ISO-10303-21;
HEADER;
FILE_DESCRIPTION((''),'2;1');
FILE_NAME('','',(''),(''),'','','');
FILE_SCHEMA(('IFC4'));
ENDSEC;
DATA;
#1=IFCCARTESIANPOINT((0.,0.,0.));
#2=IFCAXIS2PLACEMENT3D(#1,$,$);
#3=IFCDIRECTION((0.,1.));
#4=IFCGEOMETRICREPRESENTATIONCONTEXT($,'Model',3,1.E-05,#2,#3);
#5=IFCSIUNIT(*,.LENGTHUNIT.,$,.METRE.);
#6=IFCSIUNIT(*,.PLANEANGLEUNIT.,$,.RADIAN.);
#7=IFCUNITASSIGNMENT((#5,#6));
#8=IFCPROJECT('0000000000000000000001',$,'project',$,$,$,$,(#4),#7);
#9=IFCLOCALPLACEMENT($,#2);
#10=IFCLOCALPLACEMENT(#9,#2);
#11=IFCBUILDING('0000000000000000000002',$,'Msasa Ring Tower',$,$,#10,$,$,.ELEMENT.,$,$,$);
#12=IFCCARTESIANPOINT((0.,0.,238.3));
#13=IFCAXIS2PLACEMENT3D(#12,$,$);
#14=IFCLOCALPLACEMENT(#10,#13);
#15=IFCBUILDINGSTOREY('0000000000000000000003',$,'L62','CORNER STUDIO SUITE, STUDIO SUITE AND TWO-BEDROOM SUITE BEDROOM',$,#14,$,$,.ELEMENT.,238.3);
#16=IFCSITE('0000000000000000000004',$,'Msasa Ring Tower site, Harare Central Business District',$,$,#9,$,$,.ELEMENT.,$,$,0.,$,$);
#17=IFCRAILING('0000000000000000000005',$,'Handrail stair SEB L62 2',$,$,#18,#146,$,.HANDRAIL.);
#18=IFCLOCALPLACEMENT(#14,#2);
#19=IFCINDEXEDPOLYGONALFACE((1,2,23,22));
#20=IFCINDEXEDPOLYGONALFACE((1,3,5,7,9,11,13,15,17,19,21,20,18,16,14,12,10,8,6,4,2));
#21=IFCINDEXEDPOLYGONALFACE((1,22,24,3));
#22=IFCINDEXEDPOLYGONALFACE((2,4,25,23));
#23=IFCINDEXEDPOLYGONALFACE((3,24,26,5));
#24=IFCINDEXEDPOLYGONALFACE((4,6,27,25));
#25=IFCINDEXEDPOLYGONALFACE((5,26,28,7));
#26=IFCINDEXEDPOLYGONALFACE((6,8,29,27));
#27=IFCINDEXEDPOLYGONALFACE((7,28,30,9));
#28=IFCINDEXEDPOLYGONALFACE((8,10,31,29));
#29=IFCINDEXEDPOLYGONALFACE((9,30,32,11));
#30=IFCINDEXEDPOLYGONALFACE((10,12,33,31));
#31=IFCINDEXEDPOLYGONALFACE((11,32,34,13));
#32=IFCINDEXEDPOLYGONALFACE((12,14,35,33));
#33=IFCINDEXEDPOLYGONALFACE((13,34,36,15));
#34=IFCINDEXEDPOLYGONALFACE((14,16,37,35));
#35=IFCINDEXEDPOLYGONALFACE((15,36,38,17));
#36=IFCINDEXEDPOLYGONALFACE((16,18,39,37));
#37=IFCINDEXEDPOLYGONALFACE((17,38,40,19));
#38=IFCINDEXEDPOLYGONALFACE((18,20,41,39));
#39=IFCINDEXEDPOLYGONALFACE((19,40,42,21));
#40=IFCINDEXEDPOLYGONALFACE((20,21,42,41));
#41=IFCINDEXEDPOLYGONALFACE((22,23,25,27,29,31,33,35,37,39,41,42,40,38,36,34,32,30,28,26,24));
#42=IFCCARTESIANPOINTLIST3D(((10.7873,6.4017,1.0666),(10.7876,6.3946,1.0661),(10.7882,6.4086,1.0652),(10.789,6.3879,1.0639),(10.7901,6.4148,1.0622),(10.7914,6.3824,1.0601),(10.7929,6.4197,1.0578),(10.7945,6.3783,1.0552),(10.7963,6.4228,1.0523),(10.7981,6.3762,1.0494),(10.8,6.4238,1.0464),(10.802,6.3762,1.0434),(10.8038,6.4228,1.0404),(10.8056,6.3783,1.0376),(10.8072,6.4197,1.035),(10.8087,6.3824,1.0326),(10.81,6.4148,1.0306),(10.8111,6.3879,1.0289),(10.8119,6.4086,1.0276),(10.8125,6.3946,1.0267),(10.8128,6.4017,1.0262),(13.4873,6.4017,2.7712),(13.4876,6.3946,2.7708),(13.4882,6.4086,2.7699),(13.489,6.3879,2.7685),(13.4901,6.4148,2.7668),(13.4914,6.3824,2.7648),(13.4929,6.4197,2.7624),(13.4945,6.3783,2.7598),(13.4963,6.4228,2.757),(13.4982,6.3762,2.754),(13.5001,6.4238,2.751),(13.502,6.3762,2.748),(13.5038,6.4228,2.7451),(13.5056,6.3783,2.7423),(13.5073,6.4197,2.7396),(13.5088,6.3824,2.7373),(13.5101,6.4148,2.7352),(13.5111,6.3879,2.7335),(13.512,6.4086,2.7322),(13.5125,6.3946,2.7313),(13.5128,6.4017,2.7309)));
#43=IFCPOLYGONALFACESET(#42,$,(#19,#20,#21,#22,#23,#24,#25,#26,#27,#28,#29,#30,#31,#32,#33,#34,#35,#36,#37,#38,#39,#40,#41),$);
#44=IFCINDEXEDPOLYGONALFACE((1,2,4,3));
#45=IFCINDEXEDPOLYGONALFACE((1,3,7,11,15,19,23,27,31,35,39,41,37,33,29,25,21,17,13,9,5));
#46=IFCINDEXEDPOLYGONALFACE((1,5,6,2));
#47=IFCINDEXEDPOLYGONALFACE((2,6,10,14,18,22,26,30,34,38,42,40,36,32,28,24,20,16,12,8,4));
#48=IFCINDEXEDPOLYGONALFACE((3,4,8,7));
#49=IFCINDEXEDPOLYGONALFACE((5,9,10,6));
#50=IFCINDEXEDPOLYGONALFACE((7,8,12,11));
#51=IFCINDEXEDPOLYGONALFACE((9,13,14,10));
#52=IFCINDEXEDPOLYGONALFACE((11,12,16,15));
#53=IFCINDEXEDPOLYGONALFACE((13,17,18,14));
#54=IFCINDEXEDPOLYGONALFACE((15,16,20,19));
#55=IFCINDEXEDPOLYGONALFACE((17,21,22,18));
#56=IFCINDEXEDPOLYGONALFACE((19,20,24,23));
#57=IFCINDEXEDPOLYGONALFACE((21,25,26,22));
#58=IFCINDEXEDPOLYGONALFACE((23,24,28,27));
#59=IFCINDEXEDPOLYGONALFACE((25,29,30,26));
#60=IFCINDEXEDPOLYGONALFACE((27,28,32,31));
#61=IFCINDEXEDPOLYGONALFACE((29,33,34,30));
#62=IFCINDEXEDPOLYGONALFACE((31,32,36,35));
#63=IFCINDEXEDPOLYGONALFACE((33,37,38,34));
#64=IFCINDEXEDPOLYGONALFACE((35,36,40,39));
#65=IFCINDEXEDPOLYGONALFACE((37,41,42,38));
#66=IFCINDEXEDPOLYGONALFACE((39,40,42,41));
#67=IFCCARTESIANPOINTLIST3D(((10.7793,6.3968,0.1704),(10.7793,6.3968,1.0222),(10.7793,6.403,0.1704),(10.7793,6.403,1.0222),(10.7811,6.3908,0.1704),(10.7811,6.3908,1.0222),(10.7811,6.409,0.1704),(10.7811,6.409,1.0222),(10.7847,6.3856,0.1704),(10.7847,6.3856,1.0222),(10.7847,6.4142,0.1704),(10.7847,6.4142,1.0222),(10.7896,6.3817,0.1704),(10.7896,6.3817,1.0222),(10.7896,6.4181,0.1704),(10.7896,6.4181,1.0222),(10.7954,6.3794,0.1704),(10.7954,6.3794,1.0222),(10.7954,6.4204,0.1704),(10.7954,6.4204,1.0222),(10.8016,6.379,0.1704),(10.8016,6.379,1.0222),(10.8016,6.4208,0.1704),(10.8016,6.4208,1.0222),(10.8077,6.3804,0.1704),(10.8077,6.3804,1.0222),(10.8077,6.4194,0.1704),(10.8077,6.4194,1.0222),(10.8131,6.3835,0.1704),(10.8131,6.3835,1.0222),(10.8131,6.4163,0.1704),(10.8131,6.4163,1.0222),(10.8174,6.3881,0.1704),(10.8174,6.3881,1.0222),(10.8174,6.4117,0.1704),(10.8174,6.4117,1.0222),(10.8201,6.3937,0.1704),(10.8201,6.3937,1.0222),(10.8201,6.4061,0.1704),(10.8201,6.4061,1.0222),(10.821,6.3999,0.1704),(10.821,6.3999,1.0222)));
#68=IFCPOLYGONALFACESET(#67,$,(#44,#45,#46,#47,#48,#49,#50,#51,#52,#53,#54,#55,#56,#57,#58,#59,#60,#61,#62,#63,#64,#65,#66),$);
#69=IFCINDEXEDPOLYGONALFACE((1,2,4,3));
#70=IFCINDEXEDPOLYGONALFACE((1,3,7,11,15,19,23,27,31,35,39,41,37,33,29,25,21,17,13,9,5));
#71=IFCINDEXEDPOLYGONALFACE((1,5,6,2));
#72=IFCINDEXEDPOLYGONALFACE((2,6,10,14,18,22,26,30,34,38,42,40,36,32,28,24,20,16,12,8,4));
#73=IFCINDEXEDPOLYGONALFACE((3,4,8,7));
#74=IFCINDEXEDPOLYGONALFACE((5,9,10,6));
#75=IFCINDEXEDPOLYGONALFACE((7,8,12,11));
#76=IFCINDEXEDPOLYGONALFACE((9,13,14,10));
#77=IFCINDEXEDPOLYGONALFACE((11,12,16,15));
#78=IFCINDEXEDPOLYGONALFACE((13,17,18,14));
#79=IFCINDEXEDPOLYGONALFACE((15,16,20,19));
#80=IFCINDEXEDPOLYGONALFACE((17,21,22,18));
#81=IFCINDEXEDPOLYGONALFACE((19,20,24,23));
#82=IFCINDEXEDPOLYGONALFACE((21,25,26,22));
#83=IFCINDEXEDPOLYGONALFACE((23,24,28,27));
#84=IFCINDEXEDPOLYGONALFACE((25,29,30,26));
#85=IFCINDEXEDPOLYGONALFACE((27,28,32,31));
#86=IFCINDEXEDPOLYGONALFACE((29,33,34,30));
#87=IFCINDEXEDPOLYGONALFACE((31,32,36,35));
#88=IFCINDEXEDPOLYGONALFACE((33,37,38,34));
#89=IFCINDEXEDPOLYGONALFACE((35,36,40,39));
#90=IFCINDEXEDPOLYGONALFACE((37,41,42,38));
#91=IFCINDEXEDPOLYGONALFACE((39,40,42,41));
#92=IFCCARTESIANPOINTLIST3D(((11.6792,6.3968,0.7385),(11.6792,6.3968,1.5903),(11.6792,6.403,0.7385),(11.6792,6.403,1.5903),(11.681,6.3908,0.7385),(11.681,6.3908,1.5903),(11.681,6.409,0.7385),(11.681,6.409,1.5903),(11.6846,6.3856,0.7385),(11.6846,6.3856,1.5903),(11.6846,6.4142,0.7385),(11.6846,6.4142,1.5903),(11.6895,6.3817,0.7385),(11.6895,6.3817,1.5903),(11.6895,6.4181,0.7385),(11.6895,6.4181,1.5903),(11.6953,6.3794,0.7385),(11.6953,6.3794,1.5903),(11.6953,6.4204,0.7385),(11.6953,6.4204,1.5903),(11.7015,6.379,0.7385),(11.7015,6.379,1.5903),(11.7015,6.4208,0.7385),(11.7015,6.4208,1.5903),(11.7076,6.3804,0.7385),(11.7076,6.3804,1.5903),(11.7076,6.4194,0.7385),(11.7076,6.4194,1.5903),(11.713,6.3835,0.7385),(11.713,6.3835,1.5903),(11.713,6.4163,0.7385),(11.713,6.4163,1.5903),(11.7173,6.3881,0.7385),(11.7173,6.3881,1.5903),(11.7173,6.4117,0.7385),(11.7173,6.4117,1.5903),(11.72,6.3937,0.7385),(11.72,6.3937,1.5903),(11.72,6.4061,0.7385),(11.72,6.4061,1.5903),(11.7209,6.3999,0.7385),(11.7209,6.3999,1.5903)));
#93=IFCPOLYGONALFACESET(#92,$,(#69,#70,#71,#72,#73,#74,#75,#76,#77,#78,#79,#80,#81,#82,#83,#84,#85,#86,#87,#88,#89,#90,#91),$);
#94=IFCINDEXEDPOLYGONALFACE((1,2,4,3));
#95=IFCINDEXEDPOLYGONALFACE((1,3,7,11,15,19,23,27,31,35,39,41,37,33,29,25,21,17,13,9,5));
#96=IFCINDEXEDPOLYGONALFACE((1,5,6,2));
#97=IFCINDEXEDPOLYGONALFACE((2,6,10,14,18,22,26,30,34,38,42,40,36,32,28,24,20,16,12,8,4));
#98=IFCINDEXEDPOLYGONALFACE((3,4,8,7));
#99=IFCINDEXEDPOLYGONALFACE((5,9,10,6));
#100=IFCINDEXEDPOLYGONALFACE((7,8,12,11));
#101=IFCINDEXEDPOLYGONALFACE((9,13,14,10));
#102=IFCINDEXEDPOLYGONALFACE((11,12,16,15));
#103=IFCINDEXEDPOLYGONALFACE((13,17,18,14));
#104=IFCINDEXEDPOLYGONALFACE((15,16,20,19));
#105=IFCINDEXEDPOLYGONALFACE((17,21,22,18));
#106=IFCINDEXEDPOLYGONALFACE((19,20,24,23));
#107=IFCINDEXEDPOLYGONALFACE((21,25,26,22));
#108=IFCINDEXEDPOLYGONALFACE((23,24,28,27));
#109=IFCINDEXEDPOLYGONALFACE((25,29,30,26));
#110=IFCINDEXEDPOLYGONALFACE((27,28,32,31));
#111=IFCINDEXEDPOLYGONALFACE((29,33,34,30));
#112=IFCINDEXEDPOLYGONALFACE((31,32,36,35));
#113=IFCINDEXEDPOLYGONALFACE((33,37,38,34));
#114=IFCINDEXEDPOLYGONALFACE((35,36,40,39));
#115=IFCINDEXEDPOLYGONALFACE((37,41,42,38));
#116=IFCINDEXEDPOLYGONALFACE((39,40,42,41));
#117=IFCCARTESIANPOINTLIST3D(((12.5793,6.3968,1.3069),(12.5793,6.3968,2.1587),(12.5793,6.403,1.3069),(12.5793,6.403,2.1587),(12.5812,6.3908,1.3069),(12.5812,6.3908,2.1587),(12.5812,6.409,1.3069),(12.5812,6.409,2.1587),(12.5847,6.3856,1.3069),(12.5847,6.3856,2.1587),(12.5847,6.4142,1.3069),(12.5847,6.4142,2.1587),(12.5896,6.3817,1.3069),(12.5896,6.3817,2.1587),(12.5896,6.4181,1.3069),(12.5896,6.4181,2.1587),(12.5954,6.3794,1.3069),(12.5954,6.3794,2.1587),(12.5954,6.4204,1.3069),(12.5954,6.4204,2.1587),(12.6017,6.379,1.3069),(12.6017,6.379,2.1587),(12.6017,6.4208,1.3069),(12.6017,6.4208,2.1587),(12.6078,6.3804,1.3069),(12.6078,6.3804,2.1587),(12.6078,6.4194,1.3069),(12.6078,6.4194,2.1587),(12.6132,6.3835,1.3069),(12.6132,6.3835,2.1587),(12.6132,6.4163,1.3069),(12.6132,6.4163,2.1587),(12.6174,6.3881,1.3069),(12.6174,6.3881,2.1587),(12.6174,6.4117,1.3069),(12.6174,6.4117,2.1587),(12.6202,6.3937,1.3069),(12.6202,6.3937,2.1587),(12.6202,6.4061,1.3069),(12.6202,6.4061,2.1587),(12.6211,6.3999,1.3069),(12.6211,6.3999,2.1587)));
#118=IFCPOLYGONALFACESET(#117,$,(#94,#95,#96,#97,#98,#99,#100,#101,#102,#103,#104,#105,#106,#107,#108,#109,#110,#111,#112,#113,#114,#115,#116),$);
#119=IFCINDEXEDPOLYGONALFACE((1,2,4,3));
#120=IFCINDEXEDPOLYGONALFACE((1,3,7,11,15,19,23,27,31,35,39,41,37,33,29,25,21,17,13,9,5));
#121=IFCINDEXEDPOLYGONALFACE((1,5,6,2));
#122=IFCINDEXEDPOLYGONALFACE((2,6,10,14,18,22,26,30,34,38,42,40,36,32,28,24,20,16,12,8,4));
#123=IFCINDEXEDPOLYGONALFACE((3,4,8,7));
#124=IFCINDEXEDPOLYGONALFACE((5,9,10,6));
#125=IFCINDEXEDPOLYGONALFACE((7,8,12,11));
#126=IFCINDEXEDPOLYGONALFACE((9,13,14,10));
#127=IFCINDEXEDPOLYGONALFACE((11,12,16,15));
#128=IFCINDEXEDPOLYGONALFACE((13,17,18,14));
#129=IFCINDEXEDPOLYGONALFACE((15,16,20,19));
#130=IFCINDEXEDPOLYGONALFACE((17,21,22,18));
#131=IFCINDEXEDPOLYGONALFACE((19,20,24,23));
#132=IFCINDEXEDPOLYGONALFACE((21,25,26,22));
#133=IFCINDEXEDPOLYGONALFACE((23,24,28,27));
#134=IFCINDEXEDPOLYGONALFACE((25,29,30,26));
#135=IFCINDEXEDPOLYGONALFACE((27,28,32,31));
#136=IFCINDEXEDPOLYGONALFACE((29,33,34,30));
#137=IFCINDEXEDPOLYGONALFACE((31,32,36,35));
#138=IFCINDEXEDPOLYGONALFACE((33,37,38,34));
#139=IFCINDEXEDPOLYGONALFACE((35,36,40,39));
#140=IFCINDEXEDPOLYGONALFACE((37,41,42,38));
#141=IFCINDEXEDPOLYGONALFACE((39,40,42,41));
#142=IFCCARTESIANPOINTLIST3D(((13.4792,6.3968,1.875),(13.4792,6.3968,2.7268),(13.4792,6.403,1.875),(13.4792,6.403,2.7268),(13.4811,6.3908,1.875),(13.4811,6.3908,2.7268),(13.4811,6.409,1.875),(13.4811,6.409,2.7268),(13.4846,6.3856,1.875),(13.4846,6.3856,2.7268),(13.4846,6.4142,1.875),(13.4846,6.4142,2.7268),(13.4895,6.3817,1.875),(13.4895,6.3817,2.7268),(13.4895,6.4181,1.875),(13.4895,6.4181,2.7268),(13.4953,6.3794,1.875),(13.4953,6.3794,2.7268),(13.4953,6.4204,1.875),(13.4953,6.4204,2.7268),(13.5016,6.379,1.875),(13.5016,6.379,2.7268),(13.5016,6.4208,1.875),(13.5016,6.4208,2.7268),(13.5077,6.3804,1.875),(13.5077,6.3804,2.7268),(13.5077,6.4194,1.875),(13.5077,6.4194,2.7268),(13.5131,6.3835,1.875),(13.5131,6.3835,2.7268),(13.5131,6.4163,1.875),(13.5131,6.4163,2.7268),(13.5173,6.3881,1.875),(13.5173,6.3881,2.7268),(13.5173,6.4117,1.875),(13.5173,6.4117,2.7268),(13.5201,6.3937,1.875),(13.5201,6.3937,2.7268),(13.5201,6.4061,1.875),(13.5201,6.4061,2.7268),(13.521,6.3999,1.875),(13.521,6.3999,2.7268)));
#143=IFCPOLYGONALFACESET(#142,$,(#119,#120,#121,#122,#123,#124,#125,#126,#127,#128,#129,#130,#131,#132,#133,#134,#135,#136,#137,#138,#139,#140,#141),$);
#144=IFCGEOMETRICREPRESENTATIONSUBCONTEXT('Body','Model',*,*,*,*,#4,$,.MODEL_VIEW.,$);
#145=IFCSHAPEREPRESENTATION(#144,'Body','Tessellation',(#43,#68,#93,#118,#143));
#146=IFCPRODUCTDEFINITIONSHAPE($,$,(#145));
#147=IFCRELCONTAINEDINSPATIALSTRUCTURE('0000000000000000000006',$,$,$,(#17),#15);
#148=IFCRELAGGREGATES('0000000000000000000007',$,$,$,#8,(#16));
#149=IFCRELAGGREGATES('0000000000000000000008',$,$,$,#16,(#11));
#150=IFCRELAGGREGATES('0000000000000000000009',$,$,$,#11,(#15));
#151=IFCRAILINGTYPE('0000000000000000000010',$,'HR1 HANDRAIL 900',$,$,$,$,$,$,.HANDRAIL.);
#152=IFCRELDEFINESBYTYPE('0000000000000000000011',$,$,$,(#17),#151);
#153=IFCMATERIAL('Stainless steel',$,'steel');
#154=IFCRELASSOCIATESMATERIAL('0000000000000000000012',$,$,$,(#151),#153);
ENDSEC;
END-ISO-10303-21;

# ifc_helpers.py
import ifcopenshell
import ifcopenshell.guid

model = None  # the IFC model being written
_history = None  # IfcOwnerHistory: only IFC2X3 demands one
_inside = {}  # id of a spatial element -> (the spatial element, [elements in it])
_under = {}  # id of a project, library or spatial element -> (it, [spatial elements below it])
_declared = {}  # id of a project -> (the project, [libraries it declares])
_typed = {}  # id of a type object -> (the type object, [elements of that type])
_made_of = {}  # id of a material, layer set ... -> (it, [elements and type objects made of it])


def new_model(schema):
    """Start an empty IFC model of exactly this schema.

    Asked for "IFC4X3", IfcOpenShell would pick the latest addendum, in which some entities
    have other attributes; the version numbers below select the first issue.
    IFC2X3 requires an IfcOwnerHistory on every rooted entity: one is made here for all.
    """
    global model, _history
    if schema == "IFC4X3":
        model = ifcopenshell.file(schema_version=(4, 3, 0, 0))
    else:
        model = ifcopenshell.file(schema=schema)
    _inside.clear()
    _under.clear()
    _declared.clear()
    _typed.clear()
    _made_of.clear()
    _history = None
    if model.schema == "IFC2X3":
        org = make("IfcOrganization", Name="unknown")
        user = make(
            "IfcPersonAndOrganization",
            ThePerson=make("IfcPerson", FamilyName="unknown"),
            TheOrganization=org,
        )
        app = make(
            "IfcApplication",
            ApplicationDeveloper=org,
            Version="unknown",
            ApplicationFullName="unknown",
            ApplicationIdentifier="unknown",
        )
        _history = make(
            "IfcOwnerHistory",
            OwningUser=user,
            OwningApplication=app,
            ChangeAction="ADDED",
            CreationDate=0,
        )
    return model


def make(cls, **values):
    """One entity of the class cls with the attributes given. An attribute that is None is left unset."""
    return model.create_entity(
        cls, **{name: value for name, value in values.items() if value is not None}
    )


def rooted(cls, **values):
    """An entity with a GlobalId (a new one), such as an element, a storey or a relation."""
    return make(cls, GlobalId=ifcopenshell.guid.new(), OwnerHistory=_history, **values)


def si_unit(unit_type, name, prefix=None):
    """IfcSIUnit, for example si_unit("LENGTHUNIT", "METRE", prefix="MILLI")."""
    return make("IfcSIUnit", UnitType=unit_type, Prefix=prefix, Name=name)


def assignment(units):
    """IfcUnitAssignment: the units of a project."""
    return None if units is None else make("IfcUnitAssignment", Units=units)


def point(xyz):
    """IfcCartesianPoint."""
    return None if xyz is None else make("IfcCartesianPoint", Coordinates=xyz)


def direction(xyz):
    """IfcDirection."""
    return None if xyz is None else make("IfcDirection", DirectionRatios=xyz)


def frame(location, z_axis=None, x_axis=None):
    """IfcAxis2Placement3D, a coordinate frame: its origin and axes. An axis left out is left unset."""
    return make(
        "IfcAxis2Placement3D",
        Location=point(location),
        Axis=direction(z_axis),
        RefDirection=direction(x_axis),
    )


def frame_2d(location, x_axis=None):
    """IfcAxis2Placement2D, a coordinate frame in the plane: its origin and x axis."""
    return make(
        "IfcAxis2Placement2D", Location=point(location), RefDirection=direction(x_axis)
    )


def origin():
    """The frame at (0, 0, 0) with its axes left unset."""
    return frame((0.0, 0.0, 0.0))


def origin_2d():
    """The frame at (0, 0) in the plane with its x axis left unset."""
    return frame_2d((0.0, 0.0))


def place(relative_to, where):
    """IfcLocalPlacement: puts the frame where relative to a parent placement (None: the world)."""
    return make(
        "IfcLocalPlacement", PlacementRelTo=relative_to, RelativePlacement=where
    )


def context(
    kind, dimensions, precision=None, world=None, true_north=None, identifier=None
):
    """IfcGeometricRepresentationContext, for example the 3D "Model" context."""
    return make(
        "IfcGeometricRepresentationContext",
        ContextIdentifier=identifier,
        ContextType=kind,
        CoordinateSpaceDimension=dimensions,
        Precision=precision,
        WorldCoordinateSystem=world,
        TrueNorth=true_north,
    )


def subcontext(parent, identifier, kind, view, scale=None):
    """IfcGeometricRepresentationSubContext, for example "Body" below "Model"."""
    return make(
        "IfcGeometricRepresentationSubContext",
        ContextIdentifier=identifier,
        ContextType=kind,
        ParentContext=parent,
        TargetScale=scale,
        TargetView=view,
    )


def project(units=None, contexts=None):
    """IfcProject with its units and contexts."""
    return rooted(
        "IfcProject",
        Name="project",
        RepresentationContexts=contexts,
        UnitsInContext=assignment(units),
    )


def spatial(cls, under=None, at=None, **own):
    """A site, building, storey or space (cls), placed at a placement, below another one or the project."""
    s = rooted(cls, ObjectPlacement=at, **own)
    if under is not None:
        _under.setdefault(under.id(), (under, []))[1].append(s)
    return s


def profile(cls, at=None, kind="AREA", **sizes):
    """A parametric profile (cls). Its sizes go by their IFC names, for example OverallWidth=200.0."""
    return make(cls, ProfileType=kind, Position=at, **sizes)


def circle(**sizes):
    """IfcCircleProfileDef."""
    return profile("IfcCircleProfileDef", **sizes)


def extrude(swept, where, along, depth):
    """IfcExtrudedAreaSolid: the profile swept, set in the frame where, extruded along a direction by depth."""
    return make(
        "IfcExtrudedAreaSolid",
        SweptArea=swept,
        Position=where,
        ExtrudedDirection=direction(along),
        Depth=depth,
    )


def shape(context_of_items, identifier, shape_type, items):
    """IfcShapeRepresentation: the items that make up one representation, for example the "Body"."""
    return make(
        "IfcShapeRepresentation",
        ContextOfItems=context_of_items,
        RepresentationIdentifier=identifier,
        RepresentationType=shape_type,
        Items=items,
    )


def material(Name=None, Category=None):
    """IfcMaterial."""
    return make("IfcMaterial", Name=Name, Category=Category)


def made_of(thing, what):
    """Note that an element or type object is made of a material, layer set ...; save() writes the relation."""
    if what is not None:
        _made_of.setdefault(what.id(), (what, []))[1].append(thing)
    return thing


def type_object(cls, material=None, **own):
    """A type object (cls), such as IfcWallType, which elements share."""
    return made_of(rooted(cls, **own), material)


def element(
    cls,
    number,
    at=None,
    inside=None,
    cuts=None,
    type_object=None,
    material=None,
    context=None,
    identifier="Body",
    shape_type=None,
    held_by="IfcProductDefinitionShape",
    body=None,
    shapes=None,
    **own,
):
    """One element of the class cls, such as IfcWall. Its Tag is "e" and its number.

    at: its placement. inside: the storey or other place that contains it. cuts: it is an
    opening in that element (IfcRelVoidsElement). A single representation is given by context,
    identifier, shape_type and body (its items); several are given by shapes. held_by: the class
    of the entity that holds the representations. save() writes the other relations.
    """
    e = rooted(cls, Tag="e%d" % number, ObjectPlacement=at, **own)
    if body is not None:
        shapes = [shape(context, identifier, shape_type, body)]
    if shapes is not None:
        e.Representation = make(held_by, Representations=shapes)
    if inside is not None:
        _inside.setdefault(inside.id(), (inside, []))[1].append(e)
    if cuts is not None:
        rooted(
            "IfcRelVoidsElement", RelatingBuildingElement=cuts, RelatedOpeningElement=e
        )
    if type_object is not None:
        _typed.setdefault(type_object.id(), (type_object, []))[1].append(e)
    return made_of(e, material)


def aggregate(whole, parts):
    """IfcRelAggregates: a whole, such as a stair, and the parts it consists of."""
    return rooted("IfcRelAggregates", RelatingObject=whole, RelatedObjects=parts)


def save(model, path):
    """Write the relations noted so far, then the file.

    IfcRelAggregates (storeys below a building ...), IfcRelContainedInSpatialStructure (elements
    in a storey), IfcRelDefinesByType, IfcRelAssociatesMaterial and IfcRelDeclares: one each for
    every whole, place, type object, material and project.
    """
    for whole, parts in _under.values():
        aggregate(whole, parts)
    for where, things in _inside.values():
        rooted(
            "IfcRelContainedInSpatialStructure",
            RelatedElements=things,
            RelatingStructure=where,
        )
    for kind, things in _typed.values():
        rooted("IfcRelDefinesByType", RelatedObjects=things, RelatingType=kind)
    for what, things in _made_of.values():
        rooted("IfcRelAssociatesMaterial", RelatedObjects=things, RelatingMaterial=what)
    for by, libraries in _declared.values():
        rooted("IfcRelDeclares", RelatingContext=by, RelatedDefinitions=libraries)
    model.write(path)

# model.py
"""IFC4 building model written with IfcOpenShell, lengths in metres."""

from ifc_helpers import new_model, si_unit, direction, frame, origin, origin_2d, place, context, subcontext, project, spatial, circle, extrude, material, type_object, element, save


model = new_model("IFC4")

# Units and contexts
model_context = context("Model", 3, precision=1e-05, world=origin(), true_north=direction((0.0, 1.0)))
body_context = subcontext(model_context, "Body", "Model", "MODEL_VIEW")
ifc_project = project(units=[si_unit("LENGTHUNIT", "METRE"), si_unit("PLANEANGLEUNIT", "RADIAN")], contexts=[model_context])

# Site, building, storey
site_placement = place(None, origin())
site = spatial("IfcSite", under=ifc_project, at=site_placement, Name="Msasa Ring Tower site, Harare Central Business District", CompositionType="ELEMENT", RefElevation=0.0)
building_placement = place(site_placement, origin())
building = spatial("IfcBuilding", under=site, at=building_placement, Name="Msasa Ring Tower", CompositionType="ELEMENT")
storey_placement = place(building_placement, frame((0.0, 0.0, 238.3)))
storey = spatial("IfcBuildingStorey", under=building, at=storey_placement, Name="L62", Description="CORNER STUDIO SUITE, STUDIO SUITE AND TWO-BEDROOM SUITE BEDROOM", CompositionType="ELEMENT", Elevation=238.3)

# Railing
ifc_material_1 = material(Name="Stainless steel", Category="steel")
railing_type = type_object("IfcRailingType", Name="HR1 HANDRAIL 900", PredefinedType="HANDRAIL", material=ifc_material_1)
for number, where, name in (
    (1, (10.8, 6.3999, 0.1704), "Handrail stair SEB L62 2"),
):
    element("IfcRailing", number, at=place(storey_placement, frame(where)), inside=storey, type_object=railing_type, Name=name, PredefinedType="HANDRAIL", context=body_context, shape_type="SweptSolid", body=[
        extrude(circle(Radius=0.0239, at=origin_2d()), frame((0.0, 0.0, 0.876), z_axis=(0.84558, 0.0, 0.533849), x_axis=(0.0, 1.0, 0.0)), (0.0, 0.0, 1.0), 3.1931),
        extrude(circle(Radius=0.021, at=origin_2d()), origin(), (0.0, 0.0, 1.0), 0.8518),
        extrude(circle(Radius=0.021, at=origin_2d()), frame((0.8999, 0.0, 0.5681)), (0.0, 0.0, 1.0), 0.8518),
        extrude(circle(Radius=0.021, at=origin_2d()), frame((1.8, 0.0, 1.1365)), (0.0, 0.0, 1.0), 0.8518),
        extrude(circle(Radius=0.021, at=origin_2d()), frame((2.7, 0.0, 1.7046)), (0.0, 0.0, 1.0), 0.8518),
    ])

save(model, "model.ifc")
